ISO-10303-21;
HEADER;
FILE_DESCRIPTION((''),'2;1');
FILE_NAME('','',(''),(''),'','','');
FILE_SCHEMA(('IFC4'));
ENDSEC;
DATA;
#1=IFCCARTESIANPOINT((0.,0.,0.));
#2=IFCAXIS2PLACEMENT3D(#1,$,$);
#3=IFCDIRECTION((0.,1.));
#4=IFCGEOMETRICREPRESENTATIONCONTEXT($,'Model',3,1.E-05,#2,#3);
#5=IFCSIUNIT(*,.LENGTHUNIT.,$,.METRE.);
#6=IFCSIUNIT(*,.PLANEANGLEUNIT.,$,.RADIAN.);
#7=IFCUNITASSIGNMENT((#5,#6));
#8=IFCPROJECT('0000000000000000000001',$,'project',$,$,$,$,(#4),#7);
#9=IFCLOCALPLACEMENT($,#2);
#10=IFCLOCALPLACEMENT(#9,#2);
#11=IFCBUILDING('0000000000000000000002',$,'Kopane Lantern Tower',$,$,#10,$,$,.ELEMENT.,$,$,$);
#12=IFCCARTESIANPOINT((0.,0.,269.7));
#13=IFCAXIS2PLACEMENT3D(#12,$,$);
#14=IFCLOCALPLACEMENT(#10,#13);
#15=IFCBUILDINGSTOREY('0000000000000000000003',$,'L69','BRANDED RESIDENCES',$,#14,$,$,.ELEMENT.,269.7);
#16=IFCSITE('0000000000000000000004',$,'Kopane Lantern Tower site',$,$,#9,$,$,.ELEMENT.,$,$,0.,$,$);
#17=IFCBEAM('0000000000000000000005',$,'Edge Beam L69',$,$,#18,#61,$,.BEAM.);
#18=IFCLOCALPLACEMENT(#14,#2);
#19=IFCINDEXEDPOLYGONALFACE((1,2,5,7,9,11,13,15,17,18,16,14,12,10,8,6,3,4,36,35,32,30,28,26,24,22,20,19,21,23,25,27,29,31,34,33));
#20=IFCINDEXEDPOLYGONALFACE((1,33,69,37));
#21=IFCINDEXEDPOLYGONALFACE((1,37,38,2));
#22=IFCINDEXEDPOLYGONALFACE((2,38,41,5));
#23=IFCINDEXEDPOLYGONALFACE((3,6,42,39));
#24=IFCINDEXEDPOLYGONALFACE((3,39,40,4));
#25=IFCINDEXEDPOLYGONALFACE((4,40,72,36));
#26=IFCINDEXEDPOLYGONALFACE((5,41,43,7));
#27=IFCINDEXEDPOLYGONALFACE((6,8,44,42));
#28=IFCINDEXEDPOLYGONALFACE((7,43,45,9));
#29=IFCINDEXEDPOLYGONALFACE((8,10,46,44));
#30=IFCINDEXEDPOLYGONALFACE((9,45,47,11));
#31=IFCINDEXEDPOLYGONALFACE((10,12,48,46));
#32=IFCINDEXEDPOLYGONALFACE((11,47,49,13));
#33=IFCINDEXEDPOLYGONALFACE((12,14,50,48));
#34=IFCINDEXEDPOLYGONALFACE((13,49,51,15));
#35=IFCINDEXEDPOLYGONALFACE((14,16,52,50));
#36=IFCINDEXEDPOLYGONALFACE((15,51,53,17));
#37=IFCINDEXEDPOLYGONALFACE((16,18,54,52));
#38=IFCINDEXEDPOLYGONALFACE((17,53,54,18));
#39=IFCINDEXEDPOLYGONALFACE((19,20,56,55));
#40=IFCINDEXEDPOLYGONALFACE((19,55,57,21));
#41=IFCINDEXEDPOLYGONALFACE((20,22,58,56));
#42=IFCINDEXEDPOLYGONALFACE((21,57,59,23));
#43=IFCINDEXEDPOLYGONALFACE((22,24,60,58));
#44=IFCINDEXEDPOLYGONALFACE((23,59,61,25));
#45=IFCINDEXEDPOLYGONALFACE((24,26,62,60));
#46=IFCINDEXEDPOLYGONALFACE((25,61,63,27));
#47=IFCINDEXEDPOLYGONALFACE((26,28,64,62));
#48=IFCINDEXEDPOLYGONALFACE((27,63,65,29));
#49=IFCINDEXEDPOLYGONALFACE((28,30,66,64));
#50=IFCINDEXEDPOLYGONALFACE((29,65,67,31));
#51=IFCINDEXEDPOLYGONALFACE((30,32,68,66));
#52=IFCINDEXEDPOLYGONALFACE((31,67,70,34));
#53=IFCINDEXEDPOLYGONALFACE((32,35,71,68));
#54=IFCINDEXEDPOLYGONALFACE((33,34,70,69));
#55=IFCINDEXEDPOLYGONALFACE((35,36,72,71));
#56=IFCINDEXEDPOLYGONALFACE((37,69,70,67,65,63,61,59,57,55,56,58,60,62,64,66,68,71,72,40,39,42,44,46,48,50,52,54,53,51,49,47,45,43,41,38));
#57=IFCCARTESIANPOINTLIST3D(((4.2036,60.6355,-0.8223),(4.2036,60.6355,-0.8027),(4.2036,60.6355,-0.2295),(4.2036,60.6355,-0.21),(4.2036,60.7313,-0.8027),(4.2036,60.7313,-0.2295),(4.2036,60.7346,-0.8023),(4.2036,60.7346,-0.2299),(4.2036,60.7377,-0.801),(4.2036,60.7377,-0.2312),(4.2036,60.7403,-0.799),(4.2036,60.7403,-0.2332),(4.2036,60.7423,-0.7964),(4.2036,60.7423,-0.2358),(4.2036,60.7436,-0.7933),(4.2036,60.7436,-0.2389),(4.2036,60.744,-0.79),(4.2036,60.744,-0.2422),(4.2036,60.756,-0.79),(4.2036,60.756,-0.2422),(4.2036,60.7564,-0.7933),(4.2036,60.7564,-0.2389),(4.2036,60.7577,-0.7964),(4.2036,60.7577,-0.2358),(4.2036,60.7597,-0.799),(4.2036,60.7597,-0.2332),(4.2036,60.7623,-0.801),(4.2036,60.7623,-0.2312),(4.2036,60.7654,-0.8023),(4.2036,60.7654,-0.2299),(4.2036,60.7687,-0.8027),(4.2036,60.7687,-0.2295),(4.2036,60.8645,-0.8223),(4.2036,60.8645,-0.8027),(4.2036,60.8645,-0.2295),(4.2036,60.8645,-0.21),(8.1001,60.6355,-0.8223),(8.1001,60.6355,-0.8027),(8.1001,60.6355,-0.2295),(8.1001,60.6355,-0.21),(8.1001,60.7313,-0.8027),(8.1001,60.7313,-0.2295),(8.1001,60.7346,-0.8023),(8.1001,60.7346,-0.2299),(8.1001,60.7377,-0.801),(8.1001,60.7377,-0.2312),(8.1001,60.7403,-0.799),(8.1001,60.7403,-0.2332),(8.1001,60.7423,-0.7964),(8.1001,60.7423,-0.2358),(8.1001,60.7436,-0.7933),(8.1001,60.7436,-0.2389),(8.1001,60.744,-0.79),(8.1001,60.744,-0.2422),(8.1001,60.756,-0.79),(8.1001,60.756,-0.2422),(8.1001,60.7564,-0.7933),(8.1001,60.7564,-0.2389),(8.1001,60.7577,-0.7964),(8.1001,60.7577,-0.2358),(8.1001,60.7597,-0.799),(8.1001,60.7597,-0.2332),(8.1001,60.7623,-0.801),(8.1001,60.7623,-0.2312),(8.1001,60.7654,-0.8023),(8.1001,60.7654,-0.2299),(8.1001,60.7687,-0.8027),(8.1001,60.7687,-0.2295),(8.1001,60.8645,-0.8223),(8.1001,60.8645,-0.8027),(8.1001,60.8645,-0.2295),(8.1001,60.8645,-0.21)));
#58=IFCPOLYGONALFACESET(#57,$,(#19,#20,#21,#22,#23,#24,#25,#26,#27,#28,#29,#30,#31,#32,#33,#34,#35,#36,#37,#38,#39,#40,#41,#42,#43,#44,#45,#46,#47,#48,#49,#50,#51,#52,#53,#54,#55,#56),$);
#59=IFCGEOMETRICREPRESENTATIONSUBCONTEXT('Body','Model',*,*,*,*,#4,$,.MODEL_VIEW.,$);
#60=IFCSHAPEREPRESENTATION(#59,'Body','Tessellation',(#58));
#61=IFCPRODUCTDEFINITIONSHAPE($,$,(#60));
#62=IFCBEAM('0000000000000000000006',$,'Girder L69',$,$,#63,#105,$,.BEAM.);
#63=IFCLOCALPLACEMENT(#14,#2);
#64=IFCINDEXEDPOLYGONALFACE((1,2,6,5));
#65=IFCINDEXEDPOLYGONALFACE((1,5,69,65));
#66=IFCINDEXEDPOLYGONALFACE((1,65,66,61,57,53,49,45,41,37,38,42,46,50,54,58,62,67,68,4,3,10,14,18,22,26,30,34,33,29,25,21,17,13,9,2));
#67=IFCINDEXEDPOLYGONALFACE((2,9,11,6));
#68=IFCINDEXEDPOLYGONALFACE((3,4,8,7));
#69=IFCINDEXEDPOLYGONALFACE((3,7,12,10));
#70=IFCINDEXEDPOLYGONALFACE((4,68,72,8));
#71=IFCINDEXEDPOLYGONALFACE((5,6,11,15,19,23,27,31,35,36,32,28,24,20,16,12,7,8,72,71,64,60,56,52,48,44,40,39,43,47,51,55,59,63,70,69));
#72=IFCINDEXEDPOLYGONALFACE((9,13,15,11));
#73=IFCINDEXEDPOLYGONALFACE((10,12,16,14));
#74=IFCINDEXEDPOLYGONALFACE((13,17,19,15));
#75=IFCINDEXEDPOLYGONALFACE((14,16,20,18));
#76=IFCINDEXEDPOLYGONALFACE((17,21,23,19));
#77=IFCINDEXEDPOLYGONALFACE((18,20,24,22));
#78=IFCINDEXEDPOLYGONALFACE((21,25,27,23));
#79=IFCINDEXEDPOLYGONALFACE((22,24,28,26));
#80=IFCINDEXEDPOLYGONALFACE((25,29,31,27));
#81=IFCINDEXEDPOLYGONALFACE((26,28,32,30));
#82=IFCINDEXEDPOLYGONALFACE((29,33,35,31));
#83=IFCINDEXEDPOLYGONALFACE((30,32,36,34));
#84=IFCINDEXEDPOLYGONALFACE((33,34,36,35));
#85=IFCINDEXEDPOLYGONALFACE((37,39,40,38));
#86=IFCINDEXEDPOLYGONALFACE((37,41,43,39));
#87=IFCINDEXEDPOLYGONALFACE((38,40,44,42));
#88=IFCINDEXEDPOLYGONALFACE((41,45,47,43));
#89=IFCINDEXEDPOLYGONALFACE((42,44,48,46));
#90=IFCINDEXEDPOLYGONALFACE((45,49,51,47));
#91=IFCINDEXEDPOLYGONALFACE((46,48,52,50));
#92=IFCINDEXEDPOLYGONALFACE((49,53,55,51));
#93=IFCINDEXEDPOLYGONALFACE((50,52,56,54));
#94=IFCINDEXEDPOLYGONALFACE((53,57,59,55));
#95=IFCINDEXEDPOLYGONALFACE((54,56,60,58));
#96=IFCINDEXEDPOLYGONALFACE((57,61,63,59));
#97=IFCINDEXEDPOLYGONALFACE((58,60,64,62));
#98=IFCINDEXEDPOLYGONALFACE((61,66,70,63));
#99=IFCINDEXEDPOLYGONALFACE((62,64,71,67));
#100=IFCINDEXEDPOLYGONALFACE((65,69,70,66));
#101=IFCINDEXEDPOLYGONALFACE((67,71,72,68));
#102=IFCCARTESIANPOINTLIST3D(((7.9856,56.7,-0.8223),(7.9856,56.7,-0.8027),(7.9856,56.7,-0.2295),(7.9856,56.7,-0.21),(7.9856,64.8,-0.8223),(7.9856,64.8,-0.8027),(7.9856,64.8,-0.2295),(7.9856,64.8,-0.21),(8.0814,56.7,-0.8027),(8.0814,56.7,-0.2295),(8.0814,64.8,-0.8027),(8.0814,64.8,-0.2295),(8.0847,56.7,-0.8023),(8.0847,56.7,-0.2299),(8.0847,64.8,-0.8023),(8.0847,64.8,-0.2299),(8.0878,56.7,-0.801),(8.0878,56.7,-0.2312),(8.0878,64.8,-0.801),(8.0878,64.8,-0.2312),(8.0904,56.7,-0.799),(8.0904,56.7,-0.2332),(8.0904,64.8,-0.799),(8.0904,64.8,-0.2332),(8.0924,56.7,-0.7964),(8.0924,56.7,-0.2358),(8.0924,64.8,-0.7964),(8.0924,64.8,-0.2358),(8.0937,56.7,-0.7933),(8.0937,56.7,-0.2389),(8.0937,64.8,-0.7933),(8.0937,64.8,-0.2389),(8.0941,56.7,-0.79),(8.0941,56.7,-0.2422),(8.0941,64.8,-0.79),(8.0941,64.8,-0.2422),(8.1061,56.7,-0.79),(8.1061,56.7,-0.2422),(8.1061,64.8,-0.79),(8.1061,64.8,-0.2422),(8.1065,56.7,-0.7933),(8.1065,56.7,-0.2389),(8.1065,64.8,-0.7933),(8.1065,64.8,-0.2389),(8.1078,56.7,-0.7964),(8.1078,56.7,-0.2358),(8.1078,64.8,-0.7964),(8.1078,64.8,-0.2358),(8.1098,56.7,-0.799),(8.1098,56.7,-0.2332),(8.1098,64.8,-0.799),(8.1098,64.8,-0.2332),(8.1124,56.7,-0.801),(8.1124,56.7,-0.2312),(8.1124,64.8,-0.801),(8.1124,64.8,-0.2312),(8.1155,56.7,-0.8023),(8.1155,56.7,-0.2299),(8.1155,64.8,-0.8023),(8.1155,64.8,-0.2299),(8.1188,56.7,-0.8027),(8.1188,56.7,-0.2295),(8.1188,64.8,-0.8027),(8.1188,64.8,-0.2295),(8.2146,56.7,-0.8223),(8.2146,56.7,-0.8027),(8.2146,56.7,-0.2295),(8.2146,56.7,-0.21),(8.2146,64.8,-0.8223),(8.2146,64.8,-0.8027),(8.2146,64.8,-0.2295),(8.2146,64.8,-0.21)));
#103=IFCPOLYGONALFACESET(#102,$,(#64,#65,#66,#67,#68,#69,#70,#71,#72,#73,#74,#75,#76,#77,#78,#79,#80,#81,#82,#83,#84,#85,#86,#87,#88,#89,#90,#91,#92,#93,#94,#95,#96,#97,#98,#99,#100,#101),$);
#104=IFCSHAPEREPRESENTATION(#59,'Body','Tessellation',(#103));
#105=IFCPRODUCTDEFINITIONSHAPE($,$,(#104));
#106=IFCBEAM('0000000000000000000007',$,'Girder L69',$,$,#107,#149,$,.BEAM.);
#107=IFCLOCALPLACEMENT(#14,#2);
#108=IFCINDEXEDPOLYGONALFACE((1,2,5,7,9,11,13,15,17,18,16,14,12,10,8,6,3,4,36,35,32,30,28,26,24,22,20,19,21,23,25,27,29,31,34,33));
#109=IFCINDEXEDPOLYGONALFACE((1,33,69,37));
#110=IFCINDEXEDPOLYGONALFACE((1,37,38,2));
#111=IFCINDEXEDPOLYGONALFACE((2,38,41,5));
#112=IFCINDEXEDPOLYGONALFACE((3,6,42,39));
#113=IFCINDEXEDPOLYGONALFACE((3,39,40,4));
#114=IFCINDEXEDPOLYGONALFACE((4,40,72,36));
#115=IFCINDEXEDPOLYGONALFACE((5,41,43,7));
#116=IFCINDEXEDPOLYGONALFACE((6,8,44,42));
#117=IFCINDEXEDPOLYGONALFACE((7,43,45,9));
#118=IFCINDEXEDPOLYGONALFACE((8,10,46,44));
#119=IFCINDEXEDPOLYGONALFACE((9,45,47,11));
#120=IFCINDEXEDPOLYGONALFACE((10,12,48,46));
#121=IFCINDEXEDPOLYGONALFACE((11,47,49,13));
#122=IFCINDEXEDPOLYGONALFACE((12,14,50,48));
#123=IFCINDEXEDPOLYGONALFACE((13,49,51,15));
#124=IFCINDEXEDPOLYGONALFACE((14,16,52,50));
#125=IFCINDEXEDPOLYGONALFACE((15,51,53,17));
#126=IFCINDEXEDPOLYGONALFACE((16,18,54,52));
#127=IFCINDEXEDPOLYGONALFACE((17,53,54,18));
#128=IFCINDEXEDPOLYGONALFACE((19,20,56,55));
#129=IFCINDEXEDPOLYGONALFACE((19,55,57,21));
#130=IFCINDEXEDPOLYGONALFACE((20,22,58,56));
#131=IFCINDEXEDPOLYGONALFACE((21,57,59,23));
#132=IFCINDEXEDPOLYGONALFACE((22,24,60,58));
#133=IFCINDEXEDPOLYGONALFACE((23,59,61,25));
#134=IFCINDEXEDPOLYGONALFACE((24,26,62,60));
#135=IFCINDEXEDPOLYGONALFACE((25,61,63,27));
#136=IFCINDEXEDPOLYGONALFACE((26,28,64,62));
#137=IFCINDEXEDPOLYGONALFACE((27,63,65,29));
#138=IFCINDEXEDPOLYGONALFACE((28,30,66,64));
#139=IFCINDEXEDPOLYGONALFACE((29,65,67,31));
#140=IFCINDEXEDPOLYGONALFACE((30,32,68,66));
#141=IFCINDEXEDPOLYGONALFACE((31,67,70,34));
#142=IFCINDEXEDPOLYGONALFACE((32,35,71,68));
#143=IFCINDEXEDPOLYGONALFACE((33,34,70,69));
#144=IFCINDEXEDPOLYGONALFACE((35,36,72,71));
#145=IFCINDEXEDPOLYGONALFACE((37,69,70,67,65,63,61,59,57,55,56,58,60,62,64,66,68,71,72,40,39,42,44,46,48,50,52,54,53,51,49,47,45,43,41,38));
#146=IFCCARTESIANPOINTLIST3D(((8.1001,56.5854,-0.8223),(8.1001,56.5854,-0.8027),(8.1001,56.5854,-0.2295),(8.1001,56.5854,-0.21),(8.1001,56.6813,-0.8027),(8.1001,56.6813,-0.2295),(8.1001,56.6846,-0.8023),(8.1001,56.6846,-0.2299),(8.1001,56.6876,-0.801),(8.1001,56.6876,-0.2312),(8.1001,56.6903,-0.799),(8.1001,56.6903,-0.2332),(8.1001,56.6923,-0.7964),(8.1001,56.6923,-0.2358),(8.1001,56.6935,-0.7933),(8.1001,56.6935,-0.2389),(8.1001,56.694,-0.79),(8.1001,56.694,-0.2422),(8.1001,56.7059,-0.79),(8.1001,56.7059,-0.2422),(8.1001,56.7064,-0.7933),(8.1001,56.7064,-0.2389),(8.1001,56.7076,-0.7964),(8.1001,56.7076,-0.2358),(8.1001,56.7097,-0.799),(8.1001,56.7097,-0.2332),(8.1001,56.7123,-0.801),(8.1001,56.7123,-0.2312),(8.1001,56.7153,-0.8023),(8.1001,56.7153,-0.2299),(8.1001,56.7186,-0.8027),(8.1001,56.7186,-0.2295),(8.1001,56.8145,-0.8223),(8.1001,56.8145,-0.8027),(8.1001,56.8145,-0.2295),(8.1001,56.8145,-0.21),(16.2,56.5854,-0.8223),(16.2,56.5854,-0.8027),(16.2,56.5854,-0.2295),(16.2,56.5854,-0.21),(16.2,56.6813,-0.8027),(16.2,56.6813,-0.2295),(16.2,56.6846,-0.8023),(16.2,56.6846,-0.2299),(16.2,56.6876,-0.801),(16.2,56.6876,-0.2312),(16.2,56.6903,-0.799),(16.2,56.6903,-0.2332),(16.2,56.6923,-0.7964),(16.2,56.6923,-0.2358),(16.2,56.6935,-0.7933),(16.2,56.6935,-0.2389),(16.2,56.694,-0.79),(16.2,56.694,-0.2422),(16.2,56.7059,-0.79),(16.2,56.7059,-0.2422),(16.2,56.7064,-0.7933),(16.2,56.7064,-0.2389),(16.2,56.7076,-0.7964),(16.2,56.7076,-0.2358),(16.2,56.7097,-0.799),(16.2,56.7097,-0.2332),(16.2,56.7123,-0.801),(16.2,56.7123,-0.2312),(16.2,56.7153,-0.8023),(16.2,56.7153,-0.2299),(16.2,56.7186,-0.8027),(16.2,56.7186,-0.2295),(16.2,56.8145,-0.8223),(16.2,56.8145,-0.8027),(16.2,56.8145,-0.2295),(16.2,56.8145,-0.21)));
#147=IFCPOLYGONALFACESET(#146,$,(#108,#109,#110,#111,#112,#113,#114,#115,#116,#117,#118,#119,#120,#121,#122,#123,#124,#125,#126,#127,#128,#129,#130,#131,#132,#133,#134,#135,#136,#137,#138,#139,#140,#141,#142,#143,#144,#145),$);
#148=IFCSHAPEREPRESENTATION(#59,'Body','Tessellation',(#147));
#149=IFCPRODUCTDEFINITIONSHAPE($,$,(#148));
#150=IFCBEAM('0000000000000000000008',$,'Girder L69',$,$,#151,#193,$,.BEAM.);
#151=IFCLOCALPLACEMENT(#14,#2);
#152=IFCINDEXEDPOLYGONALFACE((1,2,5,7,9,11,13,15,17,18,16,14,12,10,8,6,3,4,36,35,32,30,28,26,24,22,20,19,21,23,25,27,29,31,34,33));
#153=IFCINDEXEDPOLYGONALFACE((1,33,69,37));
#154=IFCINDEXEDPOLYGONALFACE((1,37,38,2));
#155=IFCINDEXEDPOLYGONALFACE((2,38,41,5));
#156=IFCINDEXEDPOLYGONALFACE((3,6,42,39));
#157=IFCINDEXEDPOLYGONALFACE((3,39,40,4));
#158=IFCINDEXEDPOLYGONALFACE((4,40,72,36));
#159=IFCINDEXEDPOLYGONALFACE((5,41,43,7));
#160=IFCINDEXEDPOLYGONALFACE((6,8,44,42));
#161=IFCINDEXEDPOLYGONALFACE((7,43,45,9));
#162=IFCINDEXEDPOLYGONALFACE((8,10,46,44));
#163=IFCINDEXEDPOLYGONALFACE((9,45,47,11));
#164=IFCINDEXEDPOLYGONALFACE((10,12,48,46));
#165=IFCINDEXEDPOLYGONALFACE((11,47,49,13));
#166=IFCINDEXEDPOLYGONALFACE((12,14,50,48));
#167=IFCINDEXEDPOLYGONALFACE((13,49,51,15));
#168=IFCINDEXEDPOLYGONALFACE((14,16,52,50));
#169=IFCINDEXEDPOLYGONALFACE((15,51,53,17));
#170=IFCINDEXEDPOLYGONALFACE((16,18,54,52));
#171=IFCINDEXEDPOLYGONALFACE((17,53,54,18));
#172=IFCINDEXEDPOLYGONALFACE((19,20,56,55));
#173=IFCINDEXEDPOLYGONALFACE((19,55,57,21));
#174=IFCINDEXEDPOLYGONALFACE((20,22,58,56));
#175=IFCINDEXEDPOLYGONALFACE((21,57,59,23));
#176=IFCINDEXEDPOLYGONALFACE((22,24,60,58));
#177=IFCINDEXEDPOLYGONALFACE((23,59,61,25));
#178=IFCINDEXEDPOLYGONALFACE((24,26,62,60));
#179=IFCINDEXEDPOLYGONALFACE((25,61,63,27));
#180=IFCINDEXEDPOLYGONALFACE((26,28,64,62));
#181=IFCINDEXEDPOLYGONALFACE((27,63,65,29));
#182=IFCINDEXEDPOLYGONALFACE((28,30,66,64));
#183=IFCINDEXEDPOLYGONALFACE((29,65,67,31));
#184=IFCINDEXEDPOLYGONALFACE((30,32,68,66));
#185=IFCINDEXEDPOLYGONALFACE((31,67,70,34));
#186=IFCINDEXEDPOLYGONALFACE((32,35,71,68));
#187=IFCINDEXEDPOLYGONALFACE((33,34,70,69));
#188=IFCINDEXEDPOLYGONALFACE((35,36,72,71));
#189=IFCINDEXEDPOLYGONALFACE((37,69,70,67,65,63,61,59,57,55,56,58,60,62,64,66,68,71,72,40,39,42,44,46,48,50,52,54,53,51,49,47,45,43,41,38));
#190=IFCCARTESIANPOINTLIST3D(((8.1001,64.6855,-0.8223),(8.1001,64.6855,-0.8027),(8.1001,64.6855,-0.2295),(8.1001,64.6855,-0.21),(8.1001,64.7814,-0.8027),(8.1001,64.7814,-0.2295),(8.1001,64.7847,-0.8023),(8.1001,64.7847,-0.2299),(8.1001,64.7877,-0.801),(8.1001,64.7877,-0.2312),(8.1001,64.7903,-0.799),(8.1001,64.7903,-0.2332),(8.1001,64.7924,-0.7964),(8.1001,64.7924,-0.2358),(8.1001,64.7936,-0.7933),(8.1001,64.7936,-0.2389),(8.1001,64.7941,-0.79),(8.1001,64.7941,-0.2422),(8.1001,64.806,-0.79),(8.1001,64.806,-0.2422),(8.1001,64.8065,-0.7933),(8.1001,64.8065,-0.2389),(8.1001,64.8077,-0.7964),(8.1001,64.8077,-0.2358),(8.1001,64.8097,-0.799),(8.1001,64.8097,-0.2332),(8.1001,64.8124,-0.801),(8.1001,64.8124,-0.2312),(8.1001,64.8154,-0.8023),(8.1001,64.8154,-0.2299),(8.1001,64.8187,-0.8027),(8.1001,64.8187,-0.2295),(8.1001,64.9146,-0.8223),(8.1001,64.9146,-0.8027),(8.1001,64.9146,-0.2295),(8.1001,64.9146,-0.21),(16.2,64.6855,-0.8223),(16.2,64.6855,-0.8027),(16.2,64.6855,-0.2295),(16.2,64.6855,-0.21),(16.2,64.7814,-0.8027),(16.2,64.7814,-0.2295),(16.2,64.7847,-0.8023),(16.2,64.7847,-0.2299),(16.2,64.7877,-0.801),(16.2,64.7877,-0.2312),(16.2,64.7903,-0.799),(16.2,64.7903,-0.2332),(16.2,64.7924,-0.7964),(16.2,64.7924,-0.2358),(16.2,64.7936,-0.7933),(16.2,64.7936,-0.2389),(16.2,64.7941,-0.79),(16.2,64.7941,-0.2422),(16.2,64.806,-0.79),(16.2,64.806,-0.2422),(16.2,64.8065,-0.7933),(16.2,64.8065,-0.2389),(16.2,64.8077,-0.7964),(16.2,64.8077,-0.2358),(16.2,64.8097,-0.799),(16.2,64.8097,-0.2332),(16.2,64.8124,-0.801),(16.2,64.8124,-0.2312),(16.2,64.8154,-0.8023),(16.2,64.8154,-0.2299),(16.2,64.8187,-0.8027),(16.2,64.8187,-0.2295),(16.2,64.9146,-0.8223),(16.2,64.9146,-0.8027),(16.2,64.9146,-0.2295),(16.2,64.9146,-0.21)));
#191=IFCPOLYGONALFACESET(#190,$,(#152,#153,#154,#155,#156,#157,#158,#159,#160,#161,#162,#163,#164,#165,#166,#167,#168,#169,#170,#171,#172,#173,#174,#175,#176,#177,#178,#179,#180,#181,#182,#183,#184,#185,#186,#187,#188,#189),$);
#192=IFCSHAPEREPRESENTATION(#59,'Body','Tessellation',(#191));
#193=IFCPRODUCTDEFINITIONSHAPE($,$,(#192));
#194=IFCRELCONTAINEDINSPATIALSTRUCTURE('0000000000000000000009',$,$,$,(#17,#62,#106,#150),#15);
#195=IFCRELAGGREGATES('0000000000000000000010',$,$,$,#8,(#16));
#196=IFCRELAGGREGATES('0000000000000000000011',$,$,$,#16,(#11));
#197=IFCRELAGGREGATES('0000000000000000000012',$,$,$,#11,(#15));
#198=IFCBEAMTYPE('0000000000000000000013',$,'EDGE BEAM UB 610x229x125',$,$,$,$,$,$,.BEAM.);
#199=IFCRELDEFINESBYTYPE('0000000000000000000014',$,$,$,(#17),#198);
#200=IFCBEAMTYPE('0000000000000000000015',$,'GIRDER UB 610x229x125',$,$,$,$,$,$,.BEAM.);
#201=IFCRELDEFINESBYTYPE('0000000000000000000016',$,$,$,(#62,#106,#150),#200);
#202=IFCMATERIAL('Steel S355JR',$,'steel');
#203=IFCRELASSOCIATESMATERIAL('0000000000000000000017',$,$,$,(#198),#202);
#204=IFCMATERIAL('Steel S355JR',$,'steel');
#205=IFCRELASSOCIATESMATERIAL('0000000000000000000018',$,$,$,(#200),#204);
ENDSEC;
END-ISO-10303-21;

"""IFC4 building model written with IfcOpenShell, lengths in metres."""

from ifc_helpers import new_model, si_unit, direction, frame, origin, origin_2d, place, context, subcontext, project, spatial, i_section, extrude, material, material_profile, profile_set, type_object, element, save


model = new_model("IFC4")

# Units and contexts
model_context = context("Model", 3, precision=1e-05, world=origin(), true_north=direction((0.0, 1.0)))
body_context = subcontext(model_context, "Body", "Model", "MODEL_VIEW")
ifc_project = project(units=[si_unit("LENGTHUNIT", "METRE"), si_unit("PLANEANGLEUNIT", "RADIAN")], contexts=[model_context])

# Site, building, storey
site_placement = place(None, origin())
site = spatial("IfcSite", under=ifc_project, at=site_placement, Name="Kopane Lantern Tower site", CompositionType="ELEMENT", RefElevation=0.0)
building_placement = place(site_placement, origin())
building = spatial("IfcBuilding", under=site, at=building_placement, Name="Kopane Lantern Tower", CompositionType="ELEMENT")
storey_placement = place(building_placement, frame((0.0, 0.0, 269.7)))
storey = spatial("IfcBuildingStorey", under=building, at=storey_placement, Name="L69", Description="BRANDED RESIDENCES", CompositionType="ELEMENT", Elevation=269.7)

# Beams
ifc_material_1 = material(Name="Steel S355JR", Category="steel")
ifc_material_profile_1 = material_profile(ifc_material_1, i_section(OverallWidth=0.229, OverallDepth=0.6123, WebThickness=0.012, FlangeThickness=0.0195, FilletRadius=0.0127, at=origin_2d()), Name="UB 610x229x125")
ifc_profile_set_1 = profile_set([ifc_material_profile_1], Name="Steel S355JR")
beam_type_1 = type_object("IfcBeamType", Name="EDGE BEAM UB 610x229x125", PredefinedType="BEAM", material=ifc_profile_set_1)
beam_1_placement = place(storey_placement, frame((4.2036, 60.75, -0.5161), z_axis=(1.0, 0.0, 0.0), x_axis=(0.0, 1.0, 0.0)))
element("IfcBeam", 1, at=beam_1_placement, inside=storey, type_object=beam_type_1, Name="Edge Beam L69", PredefinedType="BEAM", context=body_context, shape_type="SweptSolid", body=[
    extrude(i_section(OverallWidth=0.229, OverallDepth=0.6123, WebThickness=0.012, FlangeThickness=0.0195, FilletRadius=0.0127, at=origin_2d()), origin(), (0.0, 0.0, 1.0), 3.8965),
])
ifc_material_2 = material(Name="Steel S355JR", Category="steel")
ifc_material_profile_2 = material_profile(ifc_material_2, i_section(OverallWidth=0.229, OverallDepth=0.6123, WebThickness=0.012, FlangeThickness=0.0195, FilletRadius=0.0127, at=origin_2d()), Name="UB 610x229x125")
ifc_profile_set_2 = profile_set([ifc_material_profile_2], Name="Steel S355JR")
beam_type_2 = type_object("IfcBeamType", Name="GIRDER UB 610x229x125", PredefinedType="BEAM", material=ifc_profile_set_2)
beam_2_placement = place(storey_placement, frame((8.1001, 56.7, -0.5161), z_axis=(0.0, 1.0, 0.0), x_axis=(-1.0, 0.0, 0.0)))
element("IfcBeam", 2, at=beam_2_placement, inside=storey, type_object=beam_type_2, Name="Girder L69", PredefinedType="BEAM", context=body_context, shape_type="SweptSolid", body=[
    extrude(i_section(OverallWidth=0.229, OverallDepth=0.6123, WebThickness=0.012, FlangeThickness=0.0195, FilletRadius=0.0127, at=origin_2d()), origin(), (0.0, 0.0, 1.0), 8.1001),
])
for number, where, z_axis, x_axis, name in (
    (3, (8.1001, 56.7, -0.5161), (1.0, 0.0, 0.0), (0.0, 1.0, 0.0), "Girder L69"),
    (4, (8.1001, 64.8, -0.5161), (1.0, 0.0, 0.0), (0.0, 1.0, 0.0), "Girder L69"),
):
    element("IfcBeam", number, at=place(storey_placement, frame(where, z_axis=z_axis, x_axis=x_axis)), inside=storey, type_object=beam_type_2, Name=name, PredefinedType="BEAM", context=body_context, shape_type="SweptSolid", body=[
        extrude(i_section(OverallWidth=0.229, OverallDepth=0.6123, WebThickness=0.012, FlangeThickness=0.0195, FilletRadius=0.0127, at=origin_2d()), origin(), (0.0, 0.0, 1.0), 8.0999),
    ])

save(model, "model.ifc")
